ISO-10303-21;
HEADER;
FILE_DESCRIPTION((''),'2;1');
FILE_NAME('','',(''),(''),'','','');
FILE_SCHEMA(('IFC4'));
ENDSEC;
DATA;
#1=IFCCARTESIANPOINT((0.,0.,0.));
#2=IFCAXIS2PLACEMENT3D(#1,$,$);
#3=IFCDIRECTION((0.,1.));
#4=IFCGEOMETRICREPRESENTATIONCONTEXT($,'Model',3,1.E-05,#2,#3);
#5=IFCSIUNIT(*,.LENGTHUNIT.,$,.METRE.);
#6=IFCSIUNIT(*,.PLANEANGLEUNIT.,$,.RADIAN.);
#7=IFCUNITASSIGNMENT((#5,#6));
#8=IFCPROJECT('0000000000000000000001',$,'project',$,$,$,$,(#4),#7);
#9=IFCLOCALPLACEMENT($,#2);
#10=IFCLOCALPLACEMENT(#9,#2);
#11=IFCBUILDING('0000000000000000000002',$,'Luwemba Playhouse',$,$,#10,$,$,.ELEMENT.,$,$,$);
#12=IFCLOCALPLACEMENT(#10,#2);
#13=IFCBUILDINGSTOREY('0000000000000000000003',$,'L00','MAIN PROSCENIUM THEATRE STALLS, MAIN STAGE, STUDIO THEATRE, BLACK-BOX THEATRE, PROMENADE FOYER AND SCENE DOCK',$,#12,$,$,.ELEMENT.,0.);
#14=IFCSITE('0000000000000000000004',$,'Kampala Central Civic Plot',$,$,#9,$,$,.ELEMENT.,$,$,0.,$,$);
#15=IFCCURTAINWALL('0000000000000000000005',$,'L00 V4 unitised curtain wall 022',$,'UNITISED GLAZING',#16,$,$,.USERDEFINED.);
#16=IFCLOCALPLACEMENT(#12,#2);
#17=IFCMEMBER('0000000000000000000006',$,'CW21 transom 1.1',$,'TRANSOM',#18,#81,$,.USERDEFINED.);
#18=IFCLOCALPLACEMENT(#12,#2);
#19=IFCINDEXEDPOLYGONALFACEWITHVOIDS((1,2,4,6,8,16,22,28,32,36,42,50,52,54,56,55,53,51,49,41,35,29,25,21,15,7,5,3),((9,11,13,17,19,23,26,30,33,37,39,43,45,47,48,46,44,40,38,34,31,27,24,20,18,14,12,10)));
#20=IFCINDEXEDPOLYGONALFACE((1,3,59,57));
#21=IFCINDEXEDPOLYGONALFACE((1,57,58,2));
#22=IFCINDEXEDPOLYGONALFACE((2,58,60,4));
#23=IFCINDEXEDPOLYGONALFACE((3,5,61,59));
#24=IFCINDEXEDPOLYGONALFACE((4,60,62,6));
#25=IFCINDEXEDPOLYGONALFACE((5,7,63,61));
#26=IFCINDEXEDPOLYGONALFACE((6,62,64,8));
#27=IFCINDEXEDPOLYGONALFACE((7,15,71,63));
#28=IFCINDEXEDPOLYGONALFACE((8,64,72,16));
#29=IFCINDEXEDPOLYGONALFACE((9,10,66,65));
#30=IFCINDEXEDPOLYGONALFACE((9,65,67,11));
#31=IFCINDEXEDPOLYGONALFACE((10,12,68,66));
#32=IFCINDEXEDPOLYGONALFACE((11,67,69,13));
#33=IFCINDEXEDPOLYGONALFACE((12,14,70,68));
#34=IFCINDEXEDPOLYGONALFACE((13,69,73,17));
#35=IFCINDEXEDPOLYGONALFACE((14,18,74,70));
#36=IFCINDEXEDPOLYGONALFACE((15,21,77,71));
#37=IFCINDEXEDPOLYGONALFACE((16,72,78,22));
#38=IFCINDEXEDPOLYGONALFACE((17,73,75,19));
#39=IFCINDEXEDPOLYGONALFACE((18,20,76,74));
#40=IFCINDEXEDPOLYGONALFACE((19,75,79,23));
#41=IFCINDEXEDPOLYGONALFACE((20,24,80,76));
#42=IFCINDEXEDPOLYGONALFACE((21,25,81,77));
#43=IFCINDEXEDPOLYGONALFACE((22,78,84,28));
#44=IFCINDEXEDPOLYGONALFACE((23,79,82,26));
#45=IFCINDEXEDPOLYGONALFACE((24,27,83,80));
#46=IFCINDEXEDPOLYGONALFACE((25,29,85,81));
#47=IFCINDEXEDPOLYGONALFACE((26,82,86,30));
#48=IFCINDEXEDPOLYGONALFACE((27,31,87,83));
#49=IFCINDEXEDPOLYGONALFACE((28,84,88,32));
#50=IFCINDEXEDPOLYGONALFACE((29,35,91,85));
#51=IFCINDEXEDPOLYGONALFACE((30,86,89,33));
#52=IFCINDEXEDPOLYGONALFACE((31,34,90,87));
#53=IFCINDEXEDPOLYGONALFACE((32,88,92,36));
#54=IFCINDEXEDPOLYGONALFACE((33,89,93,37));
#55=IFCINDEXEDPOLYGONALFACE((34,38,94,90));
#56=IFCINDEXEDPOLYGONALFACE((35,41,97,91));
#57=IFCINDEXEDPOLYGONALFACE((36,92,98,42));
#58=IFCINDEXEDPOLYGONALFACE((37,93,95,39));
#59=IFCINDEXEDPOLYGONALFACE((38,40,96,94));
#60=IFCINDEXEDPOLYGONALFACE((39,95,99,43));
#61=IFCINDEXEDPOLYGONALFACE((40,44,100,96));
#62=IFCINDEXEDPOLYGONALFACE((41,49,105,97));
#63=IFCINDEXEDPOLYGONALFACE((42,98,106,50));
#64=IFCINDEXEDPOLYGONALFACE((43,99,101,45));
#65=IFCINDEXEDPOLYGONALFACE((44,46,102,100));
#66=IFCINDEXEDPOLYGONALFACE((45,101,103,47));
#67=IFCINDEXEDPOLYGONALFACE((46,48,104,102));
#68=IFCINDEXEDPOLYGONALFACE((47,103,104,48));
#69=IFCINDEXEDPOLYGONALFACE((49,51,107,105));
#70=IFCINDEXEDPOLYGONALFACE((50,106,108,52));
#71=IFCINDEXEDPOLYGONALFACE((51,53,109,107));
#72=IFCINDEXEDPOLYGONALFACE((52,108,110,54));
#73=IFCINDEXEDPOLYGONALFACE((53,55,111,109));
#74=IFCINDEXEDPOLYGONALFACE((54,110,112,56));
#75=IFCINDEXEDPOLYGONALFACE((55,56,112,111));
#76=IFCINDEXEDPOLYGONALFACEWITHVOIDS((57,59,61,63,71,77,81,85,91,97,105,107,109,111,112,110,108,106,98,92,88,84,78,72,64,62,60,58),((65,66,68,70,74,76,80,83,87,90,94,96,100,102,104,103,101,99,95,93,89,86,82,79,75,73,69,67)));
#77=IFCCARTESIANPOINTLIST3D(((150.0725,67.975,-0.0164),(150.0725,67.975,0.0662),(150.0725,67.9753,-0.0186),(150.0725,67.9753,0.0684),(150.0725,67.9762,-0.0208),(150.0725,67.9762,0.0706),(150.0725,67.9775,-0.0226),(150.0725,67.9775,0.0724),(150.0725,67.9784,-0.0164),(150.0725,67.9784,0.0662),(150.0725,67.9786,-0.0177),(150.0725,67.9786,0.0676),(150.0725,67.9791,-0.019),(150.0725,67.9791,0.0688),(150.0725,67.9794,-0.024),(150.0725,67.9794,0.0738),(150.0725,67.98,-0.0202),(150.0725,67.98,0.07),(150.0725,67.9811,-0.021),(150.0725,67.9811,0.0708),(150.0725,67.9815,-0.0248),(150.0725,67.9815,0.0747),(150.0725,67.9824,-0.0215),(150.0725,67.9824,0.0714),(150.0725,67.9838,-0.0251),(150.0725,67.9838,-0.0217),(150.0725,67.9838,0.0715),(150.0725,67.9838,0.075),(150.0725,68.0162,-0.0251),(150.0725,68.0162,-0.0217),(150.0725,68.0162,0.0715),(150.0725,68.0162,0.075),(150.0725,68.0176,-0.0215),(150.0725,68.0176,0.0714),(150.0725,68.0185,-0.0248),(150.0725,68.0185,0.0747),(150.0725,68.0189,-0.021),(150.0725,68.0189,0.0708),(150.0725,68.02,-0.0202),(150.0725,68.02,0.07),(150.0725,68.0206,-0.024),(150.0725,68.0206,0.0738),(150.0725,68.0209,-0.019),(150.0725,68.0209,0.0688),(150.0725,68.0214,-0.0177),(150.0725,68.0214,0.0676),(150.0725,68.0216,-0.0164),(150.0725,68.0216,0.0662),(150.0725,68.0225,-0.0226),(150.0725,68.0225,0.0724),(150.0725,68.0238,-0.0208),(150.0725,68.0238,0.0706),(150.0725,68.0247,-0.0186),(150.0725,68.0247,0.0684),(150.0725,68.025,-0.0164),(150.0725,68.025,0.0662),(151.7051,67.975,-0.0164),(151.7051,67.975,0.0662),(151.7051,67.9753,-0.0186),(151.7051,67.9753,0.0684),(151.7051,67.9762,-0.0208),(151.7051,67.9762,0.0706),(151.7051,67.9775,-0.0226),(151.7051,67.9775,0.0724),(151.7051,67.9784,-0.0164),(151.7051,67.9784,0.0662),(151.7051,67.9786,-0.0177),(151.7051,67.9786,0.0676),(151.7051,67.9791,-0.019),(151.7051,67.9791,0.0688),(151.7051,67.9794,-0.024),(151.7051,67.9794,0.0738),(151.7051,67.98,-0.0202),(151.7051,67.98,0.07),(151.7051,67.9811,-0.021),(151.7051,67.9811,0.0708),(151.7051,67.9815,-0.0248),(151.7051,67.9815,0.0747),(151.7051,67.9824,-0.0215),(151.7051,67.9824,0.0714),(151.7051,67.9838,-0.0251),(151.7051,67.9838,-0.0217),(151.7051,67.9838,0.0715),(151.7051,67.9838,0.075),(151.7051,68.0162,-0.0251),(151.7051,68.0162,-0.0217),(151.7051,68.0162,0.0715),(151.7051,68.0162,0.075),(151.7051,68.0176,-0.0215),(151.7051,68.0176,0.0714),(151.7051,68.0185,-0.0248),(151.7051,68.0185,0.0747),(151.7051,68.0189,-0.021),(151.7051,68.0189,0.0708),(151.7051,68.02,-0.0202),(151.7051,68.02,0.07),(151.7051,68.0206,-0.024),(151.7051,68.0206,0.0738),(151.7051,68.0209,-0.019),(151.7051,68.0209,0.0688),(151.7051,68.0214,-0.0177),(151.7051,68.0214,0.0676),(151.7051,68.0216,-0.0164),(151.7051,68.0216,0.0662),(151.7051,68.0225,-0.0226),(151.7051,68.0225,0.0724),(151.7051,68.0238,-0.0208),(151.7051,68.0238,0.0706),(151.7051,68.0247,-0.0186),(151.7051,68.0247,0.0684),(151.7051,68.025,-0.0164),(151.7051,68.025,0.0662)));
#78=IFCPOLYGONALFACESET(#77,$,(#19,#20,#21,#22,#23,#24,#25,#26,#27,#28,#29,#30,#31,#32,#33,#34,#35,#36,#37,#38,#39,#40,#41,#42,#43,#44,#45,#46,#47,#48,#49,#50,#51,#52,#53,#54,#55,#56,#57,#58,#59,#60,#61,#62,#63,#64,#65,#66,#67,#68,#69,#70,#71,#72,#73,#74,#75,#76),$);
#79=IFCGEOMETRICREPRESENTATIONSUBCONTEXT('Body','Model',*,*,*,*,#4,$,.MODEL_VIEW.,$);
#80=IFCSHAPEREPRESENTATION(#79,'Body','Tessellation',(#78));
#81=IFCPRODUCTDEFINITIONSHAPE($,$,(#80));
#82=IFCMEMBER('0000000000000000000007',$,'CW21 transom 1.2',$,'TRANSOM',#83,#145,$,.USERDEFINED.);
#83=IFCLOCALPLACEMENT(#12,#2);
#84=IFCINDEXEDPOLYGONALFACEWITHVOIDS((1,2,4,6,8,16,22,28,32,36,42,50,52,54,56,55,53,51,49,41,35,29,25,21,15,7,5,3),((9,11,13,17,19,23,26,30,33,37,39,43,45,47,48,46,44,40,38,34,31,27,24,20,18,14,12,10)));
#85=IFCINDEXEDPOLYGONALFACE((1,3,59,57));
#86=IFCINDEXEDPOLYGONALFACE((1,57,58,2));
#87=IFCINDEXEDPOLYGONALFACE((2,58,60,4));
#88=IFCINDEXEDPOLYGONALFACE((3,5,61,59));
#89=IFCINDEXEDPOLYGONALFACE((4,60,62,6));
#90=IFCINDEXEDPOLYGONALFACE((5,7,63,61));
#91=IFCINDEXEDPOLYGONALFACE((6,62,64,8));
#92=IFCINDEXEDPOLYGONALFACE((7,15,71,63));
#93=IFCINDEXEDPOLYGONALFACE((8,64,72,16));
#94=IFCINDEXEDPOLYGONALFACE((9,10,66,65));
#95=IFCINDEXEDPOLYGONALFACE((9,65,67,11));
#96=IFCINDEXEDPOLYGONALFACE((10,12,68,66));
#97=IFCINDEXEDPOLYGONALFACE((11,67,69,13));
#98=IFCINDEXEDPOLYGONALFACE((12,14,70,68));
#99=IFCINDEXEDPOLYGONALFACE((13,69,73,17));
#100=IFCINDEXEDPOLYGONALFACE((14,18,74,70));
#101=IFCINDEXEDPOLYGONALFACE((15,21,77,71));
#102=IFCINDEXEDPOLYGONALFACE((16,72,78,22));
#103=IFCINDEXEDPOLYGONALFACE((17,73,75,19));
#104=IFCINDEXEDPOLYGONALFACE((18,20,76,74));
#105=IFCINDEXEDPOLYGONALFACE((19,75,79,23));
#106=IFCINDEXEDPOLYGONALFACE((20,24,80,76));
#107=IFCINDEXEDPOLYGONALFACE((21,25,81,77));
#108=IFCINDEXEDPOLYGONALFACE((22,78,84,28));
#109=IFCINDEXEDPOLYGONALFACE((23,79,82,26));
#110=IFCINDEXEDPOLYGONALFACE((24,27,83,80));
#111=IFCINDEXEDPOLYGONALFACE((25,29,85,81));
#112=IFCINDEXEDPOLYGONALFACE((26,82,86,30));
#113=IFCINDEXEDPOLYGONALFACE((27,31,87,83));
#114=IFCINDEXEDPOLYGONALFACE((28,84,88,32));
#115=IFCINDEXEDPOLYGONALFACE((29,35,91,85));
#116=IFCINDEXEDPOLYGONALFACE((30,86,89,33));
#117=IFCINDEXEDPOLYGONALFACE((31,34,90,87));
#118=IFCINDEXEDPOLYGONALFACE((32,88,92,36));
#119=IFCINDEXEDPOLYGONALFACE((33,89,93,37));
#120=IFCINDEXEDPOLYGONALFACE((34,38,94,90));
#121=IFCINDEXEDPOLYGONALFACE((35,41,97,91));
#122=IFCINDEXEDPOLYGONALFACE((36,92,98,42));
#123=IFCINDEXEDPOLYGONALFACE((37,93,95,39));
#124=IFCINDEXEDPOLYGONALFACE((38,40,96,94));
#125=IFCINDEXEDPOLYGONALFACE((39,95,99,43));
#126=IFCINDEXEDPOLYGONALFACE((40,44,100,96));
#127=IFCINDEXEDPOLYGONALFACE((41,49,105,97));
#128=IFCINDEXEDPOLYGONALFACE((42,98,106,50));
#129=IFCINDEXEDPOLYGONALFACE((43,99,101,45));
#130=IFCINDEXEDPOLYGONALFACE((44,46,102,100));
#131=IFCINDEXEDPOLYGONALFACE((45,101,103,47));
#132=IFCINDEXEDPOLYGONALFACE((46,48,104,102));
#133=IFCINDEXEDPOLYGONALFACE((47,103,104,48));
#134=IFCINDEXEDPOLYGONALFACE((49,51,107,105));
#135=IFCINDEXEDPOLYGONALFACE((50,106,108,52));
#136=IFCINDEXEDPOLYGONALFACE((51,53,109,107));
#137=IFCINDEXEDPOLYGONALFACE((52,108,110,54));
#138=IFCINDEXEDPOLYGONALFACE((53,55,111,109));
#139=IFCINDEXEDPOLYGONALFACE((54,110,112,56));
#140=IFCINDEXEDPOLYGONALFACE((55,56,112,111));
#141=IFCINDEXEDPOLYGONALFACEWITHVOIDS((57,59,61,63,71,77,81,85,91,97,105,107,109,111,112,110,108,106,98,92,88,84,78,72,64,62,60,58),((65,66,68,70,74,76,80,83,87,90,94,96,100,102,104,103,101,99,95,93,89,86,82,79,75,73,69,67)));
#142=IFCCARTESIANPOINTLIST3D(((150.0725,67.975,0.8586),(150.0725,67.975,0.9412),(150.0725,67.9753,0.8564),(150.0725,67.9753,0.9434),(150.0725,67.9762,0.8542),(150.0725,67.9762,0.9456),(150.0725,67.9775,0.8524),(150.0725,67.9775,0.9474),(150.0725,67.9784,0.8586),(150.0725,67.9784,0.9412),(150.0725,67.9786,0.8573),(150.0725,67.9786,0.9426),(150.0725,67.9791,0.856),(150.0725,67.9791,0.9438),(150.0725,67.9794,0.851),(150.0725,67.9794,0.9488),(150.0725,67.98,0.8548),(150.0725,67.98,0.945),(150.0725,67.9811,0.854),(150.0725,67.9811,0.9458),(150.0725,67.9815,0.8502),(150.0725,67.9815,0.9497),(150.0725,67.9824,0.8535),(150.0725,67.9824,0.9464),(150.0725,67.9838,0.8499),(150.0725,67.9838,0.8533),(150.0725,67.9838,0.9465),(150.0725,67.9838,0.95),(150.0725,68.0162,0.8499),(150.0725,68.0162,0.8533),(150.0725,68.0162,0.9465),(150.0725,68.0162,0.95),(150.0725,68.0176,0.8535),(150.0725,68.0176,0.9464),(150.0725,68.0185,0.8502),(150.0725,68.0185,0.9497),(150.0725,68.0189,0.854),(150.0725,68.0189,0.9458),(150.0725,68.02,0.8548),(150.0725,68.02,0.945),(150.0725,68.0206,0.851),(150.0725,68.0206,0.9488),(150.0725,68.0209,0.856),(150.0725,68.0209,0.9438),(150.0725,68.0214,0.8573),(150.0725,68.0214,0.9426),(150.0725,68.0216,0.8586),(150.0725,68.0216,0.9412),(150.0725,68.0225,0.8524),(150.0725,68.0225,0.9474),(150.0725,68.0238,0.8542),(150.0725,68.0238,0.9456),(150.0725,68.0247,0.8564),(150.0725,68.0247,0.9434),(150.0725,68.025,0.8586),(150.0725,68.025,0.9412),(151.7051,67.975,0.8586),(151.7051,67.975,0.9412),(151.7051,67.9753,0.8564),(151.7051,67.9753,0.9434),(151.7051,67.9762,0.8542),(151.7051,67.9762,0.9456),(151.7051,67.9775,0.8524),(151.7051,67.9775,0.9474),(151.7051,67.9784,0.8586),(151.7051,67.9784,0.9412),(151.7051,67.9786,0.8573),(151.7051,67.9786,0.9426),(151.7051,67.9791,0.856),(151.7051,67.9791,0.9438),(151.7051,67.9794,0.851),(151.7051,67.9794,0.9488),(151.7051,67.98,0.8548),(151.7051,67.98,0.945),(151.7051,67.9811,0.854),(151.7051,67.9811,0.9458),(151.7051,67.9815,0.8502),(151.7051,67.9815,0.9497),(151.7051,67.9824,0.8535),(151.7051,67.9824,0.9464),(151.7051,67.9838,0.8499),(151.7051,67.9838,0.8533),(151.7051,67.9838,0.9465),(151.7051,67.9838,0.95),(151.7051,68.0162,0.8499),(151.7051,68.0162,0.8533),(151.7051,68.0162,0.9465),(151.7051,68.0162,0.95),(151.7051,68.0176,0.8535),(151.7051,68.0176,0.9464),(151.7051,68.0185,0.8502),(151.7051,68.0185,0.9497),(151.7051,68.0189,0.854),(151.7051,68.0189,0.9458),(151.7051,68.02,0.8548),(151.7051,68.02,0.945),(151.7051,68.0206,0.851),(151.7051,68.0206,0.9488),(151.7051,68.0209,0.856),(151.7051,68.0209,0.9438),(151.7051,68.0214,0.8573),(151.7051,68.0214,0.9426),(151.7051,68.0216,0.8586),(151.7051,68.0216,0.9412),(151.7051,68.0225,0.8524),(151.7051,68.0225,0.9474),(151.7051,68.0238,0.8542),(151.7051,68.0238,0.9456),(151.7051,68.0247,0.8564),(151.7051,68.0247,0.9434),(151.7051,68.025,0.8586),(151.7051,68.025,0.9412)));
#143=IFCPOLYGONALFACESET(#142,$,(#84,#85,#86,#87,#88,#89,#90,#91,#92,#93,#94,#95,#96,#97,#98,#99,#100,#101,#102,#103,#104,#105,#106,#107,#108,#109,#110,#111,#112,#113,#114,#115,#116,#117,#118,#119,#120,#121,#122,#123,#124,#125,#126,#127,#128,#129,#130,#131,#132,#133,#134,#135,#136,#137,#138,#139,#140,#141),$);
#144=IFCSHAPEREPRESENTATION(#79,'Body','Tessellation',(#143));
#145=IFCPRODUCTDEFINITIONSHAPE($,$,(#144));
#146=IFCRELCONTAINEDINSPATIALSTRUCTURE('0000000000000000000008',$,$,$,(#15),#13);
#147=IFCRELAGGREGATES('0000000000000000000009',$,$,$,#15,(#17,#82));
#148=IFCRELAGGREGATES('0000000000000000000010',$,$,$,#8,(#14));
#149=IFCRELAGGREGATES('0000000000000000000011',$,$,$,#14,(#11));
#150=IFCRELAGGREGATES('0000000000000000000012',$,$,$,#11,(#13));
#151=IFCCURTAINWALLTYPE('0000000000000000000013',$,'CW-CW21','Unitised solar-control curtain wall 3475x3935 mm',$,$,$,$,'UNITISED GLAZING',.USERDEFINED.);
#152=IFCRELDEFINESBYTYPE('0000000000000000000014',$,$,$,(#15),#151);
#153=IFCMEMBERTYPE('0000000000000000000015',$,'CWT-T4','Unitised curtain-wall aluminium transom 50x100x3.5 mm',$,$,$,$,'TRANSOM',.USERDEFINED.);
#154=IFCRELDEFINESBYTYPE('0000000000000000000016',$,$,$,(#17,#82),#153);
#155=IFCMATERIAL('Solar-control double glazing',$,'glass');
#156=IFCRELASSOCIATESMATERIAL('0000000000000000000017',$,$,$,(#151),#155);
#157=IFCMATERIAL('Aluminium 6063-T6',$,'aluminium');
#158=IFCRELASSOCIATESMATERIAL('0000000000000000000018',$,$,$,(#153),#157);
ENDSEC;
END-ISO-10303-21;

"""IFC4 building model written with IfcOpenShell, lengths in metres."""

from ifc_helpers import new_model, si_unit, direction, frame, origin, origin_2d, place, context, subcontext, project, spatial, hollow_rectangle, extrude, material, material_profile, profile_set, type_object, element, aggregate, save


model = new_model("IFC4")

# Units and contexts
model_context = context("Model", 3, precision=1e-05, world=origin(), true_north=direction((0.0, 1.0)))
body_context = subcontext(model_context, "Body", "Model", "MODEL_VIEW")
ifc_project = project(units=[si_unit("LENGTHUNIT", "METRE"), si_unit("PLANEANGLEUNIT", "RADIAN")], contexts=[model_context])

# Site, building, storey
site_placement = place(None, origin())
site = spatial("IfcSite", under=ifc_project, at=site_placement, Name="Kampala Central Civic Plot", CompositionType="ELEMENT", RefElevation=0.0)
building_placement = place(site_placement, origin())
building = spatial("IfcBuilding", under=site, at=building_placement, Name="Luwemba Playhouse", CompositionType="ELEMENT")
storey_placement = place(building_placement, origin())
storey = spatial("IfcBuildingStorey", under=building, at=storey_placement, Name="L00", Description="MAIN PROSCENIUM THEATRE STALLS, MAIN STAGE, STUDIO THEATRE, BLACK-BOX THEATRE, PROMENADE FOYER AND SCENE DOCK", CompositionType="ELEMENT", Elevation=0.0)

# Shared definitions
ifc_material_1 = material(Name="Solar-control double glazing", Category="glass")
ifc_material_2 = material(Name="Aluminium 6063-T6", Category="aluminium")

# Curtain wall, members
curtain_wall_type_1 = type_object("IfcCurtainWallType", Name="CW-CW21", Description="Unitised solar-control curtain wall 3475x3935 mm", ElementType="UNITISED GLAZING", PredefinedType="USERDEFINED", material=ifc_material_1)
curtain_wall_1_placement = place(storey_placement, origin())
curtain_wall_1 = element("IfcCurtainWall", 1, at=curtain_wall_1_placement, inside=storey, type_object=curtain_wall_type_1, Name="L00 V4 unitised curtain wall 022", ObjectType="UNITISED GLAZING", PredefinedType="USERDEFINED")
ifc_material_profile_1 = material_profile(ifc_material_2, hollow_rectangle(XDim=0.05, YDim=0.1001, WallThickness=0.0034, InnerFilletRadius=0.0054, OuterFilletRadius=0.0088, at=origin_2d()))
ifc_profile_set_1 = profile_set([ifc_material_profile_1], Name="Aluminium 6063-T6")
member_type_1 = type_object("IfcMemberType", Name="CWT-T4", Description="Unitised curtain-wall aluminium transom 50x100x3.5 mm", ElementType="TRANSOM", PredefinedType="USERDEFINED", material=ifc_profile_set_1)
member_1_placement = place(storey_placement, frame((151.7051, 68.0, 0.0249), z_axis=(-1.0, 0.0, 0.0), x_axis=(0.0, -1.0, 0.0)))
member_1 = element("IfcMember", 2, at=member_1_placement, type_object=member_type_1, Name="CW21 transom 1.1", ObjectType="TRANSOM", PredefinedType="USERDEFINED", context=body_context, shape_type="SweptSolid", body=[
    extrude(hollow_rectangle(XDim=0.05, YDim=0.1001, WallThickness=0.0034, InnerFilletRadius=0.0054, OuterFilletRadius=0.0088, at=origin_2d()), origin(), (0.0, 0.0, 1.0), 1.6326),
])
member_2_placement = place(storey_placement, frame((151.7051, 68.0, 0.8999), z_axis=(-1.0, 0.0, 0.0), x_axis=(0.0, -1.0, 0.0)))
member_2 = element("IfcMember", 3, at=member_2_placement, type_object=member_type_1, Name="CW21 transom 1.2", ObjectType="TRANSOM", PredefinedType="USERDEFINED", context=body_context, shape_type="SweptSolid", body=[
    extrude(hollow_rectangle(XDim=0.05, YDim=0.1001, WallThickness=0.0034, InnerFilletRadius=0.0054, OuterFilletRadius=0.0088, at=origin_2d()), origin(), (0.0, 0.0, 1.0), 1.6326),
])

aggregate(curtain_wall_1, [member_1, member_2])

save(model, "model.ifc")
